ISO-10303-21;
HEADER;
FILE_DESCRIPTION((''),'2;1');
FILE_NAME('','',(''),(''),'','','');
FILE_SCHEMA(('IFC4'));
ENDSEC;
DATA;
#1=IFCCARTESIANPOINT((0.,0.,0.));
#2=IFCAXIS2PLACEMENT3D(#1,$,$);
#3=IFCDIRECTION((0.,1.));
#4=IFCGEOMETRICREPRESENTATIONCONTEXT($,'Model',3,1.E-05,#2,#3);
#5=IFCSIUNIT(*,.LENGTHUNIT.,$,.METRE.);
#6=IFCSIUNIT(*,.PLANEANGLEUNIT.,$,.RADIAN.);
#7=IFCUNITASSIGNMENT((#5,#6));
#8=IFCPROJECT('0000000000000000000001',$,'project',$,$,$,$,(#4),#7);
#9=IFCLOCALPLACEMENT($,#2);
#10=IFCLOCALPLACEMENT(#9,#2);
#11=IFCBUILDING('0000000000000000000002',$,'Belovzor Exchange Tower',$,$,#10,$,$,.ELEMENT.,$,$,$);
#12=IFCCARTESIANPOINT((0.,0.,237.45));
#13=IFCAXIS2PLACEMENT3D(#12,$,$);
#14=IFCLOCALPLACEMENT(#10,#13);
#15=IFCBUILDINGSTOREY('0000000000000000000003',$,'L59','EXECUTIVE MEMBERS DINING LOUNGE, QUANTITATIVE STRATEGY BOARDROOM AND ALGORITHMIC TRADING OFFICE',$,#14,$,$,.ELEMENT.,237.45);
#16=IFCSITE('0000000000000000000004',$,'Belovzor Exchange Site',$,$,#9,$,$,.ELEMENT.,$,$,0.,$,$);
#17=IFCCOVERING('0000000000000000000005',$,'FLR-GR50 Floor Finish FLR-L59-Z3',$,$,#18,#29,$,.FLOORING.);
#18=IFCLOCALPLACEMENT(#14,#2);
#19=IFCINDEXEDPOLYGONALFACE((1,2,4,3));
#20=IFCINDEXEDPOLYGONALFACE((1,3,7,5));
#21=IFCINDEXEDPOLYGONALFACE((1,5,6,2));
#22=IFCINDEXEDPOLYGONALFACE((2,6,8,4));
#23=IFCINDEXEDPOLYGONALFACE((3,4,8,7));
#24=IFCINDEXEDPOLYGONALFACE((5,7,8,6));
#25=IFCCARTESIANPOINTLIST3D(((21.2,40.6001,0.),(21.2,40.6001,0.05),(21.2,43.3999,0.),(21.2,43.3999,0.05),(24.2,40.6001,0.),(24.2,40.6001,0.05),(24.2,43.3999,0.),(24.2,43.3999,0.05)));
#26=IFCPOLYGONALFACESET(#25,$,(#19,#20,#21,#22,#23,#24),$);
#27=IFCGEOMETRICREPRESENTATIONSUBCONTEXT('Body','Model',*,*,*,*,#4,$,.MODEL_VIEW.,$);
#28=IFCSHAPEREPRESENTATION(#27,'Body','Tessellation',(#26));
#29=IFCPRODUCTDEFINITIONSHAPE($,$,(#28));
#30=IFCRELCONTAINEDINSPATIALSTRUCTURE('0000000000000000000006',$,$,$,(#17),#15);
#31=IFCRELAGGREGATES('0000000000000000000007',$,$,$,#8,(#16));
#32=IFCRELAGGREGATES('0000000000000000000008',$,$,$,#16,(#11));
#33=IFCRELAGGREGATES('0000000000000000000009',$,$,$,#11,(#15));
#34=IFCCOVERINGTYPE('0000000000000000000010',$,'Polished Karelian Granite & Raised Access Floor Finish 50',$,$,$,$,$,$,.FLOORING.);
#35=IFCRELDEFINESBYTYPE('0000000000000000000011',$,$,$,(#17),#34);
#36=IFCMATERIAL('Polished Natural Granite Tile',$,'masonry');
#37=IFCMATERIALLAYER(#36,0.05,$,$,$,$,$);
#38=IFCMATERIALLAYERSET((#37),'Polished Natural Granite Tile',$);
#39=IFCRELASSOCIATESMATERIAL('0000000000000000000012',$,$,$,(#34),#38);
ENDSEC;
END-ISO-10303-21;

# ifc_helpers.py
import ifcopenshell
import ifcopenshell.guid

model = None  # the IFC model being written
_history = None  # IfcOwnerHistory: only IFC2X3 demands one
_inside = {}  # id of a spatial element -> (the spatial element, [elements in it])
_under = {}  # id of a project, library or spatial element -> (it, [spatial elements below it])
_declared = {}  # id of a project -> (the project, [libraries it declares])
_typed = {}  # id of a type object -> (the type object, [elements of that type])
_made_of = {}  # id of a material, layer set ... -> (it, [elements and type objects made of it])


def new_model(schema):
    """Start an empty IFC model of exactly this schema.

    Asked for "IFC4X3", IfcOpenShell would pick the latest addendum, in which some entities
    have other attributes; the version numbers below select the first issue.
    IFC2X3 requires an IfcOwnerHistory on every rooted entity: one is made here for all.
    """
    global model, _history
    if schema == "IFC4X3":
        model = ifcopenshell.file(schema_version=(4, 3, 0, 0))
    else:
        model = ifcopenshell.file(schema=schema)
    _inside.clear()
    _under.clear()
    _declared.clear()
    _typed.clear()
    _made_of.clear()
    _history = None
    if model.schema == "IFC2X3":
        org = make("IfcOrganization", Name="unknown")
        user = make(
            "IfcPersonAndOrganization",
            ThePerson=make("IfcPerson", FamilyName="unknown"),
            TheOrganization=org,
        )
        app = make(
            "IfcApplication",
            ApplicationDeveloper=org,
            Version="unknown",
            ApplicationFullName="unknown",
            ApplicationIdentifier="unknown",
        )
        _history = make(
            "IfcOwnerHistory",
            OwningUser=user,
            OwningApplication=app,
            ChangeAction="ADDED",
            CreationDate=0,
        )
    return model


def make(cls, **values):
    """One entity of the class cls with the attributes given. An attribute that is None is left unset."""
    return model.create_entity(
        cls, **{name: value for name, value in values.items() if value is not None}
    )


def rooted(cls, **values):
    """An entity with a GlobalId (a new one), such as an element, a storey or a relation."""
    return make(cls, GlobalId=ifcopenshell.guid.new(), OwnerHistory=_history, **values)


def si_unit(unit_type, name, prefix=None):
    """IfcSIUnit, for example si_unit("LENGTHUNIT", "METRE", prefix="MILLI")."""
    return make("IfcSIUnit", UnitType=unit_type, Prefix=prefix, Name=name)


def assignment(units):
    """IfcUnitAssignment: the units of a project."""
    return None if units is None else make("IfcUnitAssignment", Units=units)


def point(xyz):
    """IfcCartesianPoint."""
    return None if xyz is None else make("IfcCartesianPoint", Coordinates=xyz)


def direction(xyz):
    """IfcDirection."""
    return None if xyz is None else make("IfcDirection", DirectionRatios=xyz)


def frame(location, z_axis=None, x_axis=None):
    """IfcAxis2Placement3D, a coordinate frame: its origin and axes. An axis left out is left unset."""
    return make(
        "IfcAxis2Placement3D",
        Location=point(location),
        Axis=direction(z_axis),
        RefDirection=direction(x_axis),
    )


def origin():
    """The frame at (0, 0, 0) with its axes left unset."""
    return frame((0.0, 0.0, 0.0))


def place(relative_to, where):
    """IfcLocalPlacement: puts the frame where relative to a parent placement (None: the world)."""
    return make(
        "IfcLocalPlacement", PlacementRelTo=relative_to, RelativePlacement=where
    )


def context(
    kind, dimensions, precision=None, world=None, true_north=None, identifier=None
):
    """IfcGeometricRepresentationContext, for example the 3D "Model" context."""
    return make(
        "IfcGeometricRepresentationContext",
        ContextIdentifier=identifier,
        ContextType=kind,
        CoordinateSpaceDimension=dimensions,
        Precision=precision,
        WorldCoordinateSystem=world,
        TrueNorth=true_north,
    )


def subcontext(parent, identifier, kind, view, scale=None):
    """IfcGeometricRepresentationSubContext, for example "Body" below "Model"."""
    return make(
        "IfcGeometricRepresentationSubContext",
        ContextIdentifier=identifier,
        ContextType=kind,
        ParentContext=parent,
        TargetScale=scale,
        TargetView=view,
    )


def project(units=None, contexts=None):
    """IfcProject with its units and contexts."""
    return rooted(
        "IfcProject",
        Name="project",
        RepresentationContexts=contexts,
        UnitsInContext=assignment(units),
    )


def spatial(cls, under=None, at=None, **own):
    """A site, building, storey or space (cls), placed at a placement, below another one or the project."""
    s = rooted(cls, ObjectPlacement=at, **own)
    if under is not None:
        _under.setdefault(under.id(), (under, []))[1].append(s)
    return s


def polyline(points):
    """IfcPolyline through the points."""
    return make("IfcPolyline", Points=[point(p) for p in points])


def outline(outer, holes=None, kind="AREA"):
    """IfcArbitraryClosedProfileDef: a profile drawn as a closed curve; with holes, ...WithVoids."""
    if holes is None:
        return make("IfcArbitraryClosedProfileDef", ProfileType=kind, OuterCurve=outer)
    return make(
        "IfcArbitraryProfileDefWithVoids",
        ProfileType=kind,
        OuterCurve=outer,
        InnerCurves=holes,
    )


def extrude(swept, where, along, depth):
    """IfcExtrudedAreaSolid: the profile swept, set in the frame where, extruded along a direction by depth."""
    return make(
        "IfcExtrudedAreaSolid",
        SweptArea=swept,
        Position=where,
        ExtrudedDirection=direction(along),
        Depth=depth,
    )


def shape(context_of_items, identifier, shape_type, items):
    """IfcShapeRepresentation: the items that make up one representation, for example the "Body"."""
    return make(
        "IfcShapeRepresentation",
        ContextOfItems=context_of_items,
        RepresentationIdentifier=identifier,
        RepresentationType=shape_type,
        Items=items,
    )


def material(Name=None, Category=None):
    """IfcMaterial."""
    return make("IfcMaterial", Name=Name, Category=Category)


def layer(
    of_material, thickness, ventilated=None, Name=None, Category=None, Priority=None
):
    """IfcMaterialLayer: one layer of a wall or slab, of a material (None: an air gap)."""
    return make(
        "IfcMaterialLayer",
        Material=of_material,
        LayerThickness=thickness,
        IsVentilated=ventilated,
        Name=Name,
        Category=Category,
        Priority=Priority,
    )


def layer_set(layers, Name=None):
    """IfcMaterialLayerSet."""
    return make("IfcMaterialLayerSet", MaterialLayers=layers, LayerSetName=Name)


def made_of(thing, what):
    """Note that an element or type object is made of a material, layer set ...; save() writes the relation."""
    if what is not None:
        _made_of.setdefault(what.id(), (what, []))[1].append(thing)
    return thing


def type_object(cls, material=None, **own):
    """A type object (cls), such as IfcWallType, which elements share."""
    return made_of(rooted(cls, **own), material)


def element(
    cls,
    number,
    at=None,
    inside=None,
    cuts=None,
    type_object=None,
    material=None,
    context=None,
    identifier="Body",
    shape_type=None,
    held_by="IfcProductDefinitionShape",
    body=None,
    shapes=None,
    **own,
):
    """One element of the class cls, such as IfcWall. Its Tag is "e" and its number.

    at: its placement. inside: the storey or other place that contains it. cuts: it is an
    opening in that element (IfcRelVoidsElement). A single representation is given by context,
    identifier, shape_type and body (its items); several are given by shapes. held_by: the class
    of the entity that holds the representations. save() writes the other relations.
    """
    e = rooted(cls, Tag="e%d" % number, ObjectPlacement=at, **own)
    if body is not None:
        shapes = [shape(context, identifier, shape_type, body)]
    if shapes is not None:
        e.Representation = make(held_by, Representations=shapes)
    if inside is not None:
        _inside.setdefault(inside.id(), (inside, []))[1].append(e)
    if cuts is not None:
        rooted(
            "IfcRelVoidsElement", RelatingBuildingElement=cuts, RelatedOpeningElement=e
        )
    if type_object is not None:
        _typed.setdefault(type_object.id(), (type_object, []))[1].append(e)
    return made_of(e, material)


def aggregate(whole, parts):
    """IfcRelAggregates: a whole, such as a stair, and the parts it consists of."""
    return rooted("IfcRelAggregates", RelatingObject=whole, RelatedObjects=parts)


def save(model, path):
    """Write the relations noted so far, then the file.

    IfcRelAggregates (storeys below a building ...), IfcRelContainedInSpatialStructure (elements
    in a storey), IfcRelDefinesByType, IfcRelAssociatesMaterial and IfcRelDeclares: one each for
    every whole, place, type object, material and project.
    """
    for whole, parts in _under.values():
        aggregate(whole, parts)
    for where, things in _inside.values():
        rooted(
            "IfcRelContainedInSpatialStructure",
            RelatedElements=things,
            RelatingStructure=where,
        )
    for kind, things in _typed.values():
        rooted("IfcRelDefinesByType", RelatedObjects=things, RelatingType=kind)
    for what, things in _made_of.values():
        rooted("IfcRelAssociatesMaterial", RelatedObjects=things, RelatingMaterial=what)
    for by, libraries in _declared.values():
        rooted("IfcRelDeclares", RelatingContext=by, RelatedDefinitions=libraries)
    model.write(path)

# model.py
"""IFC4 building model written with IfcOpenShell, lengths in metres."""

from ifc_helpers import new_model, si_unit, direction, frame, origin, place, context, subcontext, project, spatial, polyline, outline, extrude, material, layer, layer_set, type_object, element, save


model = new_model("IFC4")

# Units and contexts
model_context = context("Model", 3, precision=1e-05, world=origin(), true_north=direction((0.0, 1.0)))
body_context = subcontext(model_context, "Body", "Model", "MODEL_VIEW")
ifc_project = project(units=[si_unit("LENGTHUNIT", "METRE"), si_unit("PLANEANGLEUNIT", "RADIAN")], contexts=[model_context])

# Site, building, storey
site_placement = place(None, origin())
site = spatial("IfcSite", under=ifc_project, at=site_placement, Name="Belovzor Exchange Site", CompositionType="ELEMENT", RefElevation=0.0)
building_placement = place(site_placement, origin())
building = spatial("IfcBuilding", under=site, at=building_placement, Name="Belovzor Exchange Tower", CompositionType="ELEMENT")
storey_placement = place(building_placement, frame((0.0, 0.0, 237.45)))
storey = spatial("IfcBuildingStorey", under=building, at=storey_placement, Name="L59", Description="EXECUTIVE MEMBERS DINING LOUNGE, QUANTITATIVE STRATEGY BOARDROOM AND ALGORITHMIC TRADING OFFICE", CompositionType="ELEMENT", Elevation=237.45)

# Covering
ifc_material_1 = material(Name="Polished Natural Granite Tile", Category="masonry")
ifc_layer_1 = layer(ifc_material_1, 0.05)
ifc_layer_set_1 = layer_set([ifc_layer_1], Name="Polished Natural Granite Tile")
covering_type_1 = type_object("IfcCoveringType", Name="Polished Karelian Granite & Raised Access Floor Finish 50", PredefinedType="FLOORING", material=ifc_layer_set_1)
covering_1_placement = place(storey_placement, origin())
element("IfcCovering", 1, at=covering_1_placement, inside=storey, type_object=covering_type_1, Name="FLR-GR50 Floor Finish FLR-L59-Z3", PredefinedType="FLOORING", context=body_context, shape_type="SweptSolid", body=[
    extrude(outline(polyline([(21.2, 40.6001), (24.2, 40.6001), (24.2, 43.3999), (21.2, 43.3999), (21.2, 40.6001)])), origin(), (0.0, 0.0, 1.0), 0.05),
])

save(model, "model.ifc")
